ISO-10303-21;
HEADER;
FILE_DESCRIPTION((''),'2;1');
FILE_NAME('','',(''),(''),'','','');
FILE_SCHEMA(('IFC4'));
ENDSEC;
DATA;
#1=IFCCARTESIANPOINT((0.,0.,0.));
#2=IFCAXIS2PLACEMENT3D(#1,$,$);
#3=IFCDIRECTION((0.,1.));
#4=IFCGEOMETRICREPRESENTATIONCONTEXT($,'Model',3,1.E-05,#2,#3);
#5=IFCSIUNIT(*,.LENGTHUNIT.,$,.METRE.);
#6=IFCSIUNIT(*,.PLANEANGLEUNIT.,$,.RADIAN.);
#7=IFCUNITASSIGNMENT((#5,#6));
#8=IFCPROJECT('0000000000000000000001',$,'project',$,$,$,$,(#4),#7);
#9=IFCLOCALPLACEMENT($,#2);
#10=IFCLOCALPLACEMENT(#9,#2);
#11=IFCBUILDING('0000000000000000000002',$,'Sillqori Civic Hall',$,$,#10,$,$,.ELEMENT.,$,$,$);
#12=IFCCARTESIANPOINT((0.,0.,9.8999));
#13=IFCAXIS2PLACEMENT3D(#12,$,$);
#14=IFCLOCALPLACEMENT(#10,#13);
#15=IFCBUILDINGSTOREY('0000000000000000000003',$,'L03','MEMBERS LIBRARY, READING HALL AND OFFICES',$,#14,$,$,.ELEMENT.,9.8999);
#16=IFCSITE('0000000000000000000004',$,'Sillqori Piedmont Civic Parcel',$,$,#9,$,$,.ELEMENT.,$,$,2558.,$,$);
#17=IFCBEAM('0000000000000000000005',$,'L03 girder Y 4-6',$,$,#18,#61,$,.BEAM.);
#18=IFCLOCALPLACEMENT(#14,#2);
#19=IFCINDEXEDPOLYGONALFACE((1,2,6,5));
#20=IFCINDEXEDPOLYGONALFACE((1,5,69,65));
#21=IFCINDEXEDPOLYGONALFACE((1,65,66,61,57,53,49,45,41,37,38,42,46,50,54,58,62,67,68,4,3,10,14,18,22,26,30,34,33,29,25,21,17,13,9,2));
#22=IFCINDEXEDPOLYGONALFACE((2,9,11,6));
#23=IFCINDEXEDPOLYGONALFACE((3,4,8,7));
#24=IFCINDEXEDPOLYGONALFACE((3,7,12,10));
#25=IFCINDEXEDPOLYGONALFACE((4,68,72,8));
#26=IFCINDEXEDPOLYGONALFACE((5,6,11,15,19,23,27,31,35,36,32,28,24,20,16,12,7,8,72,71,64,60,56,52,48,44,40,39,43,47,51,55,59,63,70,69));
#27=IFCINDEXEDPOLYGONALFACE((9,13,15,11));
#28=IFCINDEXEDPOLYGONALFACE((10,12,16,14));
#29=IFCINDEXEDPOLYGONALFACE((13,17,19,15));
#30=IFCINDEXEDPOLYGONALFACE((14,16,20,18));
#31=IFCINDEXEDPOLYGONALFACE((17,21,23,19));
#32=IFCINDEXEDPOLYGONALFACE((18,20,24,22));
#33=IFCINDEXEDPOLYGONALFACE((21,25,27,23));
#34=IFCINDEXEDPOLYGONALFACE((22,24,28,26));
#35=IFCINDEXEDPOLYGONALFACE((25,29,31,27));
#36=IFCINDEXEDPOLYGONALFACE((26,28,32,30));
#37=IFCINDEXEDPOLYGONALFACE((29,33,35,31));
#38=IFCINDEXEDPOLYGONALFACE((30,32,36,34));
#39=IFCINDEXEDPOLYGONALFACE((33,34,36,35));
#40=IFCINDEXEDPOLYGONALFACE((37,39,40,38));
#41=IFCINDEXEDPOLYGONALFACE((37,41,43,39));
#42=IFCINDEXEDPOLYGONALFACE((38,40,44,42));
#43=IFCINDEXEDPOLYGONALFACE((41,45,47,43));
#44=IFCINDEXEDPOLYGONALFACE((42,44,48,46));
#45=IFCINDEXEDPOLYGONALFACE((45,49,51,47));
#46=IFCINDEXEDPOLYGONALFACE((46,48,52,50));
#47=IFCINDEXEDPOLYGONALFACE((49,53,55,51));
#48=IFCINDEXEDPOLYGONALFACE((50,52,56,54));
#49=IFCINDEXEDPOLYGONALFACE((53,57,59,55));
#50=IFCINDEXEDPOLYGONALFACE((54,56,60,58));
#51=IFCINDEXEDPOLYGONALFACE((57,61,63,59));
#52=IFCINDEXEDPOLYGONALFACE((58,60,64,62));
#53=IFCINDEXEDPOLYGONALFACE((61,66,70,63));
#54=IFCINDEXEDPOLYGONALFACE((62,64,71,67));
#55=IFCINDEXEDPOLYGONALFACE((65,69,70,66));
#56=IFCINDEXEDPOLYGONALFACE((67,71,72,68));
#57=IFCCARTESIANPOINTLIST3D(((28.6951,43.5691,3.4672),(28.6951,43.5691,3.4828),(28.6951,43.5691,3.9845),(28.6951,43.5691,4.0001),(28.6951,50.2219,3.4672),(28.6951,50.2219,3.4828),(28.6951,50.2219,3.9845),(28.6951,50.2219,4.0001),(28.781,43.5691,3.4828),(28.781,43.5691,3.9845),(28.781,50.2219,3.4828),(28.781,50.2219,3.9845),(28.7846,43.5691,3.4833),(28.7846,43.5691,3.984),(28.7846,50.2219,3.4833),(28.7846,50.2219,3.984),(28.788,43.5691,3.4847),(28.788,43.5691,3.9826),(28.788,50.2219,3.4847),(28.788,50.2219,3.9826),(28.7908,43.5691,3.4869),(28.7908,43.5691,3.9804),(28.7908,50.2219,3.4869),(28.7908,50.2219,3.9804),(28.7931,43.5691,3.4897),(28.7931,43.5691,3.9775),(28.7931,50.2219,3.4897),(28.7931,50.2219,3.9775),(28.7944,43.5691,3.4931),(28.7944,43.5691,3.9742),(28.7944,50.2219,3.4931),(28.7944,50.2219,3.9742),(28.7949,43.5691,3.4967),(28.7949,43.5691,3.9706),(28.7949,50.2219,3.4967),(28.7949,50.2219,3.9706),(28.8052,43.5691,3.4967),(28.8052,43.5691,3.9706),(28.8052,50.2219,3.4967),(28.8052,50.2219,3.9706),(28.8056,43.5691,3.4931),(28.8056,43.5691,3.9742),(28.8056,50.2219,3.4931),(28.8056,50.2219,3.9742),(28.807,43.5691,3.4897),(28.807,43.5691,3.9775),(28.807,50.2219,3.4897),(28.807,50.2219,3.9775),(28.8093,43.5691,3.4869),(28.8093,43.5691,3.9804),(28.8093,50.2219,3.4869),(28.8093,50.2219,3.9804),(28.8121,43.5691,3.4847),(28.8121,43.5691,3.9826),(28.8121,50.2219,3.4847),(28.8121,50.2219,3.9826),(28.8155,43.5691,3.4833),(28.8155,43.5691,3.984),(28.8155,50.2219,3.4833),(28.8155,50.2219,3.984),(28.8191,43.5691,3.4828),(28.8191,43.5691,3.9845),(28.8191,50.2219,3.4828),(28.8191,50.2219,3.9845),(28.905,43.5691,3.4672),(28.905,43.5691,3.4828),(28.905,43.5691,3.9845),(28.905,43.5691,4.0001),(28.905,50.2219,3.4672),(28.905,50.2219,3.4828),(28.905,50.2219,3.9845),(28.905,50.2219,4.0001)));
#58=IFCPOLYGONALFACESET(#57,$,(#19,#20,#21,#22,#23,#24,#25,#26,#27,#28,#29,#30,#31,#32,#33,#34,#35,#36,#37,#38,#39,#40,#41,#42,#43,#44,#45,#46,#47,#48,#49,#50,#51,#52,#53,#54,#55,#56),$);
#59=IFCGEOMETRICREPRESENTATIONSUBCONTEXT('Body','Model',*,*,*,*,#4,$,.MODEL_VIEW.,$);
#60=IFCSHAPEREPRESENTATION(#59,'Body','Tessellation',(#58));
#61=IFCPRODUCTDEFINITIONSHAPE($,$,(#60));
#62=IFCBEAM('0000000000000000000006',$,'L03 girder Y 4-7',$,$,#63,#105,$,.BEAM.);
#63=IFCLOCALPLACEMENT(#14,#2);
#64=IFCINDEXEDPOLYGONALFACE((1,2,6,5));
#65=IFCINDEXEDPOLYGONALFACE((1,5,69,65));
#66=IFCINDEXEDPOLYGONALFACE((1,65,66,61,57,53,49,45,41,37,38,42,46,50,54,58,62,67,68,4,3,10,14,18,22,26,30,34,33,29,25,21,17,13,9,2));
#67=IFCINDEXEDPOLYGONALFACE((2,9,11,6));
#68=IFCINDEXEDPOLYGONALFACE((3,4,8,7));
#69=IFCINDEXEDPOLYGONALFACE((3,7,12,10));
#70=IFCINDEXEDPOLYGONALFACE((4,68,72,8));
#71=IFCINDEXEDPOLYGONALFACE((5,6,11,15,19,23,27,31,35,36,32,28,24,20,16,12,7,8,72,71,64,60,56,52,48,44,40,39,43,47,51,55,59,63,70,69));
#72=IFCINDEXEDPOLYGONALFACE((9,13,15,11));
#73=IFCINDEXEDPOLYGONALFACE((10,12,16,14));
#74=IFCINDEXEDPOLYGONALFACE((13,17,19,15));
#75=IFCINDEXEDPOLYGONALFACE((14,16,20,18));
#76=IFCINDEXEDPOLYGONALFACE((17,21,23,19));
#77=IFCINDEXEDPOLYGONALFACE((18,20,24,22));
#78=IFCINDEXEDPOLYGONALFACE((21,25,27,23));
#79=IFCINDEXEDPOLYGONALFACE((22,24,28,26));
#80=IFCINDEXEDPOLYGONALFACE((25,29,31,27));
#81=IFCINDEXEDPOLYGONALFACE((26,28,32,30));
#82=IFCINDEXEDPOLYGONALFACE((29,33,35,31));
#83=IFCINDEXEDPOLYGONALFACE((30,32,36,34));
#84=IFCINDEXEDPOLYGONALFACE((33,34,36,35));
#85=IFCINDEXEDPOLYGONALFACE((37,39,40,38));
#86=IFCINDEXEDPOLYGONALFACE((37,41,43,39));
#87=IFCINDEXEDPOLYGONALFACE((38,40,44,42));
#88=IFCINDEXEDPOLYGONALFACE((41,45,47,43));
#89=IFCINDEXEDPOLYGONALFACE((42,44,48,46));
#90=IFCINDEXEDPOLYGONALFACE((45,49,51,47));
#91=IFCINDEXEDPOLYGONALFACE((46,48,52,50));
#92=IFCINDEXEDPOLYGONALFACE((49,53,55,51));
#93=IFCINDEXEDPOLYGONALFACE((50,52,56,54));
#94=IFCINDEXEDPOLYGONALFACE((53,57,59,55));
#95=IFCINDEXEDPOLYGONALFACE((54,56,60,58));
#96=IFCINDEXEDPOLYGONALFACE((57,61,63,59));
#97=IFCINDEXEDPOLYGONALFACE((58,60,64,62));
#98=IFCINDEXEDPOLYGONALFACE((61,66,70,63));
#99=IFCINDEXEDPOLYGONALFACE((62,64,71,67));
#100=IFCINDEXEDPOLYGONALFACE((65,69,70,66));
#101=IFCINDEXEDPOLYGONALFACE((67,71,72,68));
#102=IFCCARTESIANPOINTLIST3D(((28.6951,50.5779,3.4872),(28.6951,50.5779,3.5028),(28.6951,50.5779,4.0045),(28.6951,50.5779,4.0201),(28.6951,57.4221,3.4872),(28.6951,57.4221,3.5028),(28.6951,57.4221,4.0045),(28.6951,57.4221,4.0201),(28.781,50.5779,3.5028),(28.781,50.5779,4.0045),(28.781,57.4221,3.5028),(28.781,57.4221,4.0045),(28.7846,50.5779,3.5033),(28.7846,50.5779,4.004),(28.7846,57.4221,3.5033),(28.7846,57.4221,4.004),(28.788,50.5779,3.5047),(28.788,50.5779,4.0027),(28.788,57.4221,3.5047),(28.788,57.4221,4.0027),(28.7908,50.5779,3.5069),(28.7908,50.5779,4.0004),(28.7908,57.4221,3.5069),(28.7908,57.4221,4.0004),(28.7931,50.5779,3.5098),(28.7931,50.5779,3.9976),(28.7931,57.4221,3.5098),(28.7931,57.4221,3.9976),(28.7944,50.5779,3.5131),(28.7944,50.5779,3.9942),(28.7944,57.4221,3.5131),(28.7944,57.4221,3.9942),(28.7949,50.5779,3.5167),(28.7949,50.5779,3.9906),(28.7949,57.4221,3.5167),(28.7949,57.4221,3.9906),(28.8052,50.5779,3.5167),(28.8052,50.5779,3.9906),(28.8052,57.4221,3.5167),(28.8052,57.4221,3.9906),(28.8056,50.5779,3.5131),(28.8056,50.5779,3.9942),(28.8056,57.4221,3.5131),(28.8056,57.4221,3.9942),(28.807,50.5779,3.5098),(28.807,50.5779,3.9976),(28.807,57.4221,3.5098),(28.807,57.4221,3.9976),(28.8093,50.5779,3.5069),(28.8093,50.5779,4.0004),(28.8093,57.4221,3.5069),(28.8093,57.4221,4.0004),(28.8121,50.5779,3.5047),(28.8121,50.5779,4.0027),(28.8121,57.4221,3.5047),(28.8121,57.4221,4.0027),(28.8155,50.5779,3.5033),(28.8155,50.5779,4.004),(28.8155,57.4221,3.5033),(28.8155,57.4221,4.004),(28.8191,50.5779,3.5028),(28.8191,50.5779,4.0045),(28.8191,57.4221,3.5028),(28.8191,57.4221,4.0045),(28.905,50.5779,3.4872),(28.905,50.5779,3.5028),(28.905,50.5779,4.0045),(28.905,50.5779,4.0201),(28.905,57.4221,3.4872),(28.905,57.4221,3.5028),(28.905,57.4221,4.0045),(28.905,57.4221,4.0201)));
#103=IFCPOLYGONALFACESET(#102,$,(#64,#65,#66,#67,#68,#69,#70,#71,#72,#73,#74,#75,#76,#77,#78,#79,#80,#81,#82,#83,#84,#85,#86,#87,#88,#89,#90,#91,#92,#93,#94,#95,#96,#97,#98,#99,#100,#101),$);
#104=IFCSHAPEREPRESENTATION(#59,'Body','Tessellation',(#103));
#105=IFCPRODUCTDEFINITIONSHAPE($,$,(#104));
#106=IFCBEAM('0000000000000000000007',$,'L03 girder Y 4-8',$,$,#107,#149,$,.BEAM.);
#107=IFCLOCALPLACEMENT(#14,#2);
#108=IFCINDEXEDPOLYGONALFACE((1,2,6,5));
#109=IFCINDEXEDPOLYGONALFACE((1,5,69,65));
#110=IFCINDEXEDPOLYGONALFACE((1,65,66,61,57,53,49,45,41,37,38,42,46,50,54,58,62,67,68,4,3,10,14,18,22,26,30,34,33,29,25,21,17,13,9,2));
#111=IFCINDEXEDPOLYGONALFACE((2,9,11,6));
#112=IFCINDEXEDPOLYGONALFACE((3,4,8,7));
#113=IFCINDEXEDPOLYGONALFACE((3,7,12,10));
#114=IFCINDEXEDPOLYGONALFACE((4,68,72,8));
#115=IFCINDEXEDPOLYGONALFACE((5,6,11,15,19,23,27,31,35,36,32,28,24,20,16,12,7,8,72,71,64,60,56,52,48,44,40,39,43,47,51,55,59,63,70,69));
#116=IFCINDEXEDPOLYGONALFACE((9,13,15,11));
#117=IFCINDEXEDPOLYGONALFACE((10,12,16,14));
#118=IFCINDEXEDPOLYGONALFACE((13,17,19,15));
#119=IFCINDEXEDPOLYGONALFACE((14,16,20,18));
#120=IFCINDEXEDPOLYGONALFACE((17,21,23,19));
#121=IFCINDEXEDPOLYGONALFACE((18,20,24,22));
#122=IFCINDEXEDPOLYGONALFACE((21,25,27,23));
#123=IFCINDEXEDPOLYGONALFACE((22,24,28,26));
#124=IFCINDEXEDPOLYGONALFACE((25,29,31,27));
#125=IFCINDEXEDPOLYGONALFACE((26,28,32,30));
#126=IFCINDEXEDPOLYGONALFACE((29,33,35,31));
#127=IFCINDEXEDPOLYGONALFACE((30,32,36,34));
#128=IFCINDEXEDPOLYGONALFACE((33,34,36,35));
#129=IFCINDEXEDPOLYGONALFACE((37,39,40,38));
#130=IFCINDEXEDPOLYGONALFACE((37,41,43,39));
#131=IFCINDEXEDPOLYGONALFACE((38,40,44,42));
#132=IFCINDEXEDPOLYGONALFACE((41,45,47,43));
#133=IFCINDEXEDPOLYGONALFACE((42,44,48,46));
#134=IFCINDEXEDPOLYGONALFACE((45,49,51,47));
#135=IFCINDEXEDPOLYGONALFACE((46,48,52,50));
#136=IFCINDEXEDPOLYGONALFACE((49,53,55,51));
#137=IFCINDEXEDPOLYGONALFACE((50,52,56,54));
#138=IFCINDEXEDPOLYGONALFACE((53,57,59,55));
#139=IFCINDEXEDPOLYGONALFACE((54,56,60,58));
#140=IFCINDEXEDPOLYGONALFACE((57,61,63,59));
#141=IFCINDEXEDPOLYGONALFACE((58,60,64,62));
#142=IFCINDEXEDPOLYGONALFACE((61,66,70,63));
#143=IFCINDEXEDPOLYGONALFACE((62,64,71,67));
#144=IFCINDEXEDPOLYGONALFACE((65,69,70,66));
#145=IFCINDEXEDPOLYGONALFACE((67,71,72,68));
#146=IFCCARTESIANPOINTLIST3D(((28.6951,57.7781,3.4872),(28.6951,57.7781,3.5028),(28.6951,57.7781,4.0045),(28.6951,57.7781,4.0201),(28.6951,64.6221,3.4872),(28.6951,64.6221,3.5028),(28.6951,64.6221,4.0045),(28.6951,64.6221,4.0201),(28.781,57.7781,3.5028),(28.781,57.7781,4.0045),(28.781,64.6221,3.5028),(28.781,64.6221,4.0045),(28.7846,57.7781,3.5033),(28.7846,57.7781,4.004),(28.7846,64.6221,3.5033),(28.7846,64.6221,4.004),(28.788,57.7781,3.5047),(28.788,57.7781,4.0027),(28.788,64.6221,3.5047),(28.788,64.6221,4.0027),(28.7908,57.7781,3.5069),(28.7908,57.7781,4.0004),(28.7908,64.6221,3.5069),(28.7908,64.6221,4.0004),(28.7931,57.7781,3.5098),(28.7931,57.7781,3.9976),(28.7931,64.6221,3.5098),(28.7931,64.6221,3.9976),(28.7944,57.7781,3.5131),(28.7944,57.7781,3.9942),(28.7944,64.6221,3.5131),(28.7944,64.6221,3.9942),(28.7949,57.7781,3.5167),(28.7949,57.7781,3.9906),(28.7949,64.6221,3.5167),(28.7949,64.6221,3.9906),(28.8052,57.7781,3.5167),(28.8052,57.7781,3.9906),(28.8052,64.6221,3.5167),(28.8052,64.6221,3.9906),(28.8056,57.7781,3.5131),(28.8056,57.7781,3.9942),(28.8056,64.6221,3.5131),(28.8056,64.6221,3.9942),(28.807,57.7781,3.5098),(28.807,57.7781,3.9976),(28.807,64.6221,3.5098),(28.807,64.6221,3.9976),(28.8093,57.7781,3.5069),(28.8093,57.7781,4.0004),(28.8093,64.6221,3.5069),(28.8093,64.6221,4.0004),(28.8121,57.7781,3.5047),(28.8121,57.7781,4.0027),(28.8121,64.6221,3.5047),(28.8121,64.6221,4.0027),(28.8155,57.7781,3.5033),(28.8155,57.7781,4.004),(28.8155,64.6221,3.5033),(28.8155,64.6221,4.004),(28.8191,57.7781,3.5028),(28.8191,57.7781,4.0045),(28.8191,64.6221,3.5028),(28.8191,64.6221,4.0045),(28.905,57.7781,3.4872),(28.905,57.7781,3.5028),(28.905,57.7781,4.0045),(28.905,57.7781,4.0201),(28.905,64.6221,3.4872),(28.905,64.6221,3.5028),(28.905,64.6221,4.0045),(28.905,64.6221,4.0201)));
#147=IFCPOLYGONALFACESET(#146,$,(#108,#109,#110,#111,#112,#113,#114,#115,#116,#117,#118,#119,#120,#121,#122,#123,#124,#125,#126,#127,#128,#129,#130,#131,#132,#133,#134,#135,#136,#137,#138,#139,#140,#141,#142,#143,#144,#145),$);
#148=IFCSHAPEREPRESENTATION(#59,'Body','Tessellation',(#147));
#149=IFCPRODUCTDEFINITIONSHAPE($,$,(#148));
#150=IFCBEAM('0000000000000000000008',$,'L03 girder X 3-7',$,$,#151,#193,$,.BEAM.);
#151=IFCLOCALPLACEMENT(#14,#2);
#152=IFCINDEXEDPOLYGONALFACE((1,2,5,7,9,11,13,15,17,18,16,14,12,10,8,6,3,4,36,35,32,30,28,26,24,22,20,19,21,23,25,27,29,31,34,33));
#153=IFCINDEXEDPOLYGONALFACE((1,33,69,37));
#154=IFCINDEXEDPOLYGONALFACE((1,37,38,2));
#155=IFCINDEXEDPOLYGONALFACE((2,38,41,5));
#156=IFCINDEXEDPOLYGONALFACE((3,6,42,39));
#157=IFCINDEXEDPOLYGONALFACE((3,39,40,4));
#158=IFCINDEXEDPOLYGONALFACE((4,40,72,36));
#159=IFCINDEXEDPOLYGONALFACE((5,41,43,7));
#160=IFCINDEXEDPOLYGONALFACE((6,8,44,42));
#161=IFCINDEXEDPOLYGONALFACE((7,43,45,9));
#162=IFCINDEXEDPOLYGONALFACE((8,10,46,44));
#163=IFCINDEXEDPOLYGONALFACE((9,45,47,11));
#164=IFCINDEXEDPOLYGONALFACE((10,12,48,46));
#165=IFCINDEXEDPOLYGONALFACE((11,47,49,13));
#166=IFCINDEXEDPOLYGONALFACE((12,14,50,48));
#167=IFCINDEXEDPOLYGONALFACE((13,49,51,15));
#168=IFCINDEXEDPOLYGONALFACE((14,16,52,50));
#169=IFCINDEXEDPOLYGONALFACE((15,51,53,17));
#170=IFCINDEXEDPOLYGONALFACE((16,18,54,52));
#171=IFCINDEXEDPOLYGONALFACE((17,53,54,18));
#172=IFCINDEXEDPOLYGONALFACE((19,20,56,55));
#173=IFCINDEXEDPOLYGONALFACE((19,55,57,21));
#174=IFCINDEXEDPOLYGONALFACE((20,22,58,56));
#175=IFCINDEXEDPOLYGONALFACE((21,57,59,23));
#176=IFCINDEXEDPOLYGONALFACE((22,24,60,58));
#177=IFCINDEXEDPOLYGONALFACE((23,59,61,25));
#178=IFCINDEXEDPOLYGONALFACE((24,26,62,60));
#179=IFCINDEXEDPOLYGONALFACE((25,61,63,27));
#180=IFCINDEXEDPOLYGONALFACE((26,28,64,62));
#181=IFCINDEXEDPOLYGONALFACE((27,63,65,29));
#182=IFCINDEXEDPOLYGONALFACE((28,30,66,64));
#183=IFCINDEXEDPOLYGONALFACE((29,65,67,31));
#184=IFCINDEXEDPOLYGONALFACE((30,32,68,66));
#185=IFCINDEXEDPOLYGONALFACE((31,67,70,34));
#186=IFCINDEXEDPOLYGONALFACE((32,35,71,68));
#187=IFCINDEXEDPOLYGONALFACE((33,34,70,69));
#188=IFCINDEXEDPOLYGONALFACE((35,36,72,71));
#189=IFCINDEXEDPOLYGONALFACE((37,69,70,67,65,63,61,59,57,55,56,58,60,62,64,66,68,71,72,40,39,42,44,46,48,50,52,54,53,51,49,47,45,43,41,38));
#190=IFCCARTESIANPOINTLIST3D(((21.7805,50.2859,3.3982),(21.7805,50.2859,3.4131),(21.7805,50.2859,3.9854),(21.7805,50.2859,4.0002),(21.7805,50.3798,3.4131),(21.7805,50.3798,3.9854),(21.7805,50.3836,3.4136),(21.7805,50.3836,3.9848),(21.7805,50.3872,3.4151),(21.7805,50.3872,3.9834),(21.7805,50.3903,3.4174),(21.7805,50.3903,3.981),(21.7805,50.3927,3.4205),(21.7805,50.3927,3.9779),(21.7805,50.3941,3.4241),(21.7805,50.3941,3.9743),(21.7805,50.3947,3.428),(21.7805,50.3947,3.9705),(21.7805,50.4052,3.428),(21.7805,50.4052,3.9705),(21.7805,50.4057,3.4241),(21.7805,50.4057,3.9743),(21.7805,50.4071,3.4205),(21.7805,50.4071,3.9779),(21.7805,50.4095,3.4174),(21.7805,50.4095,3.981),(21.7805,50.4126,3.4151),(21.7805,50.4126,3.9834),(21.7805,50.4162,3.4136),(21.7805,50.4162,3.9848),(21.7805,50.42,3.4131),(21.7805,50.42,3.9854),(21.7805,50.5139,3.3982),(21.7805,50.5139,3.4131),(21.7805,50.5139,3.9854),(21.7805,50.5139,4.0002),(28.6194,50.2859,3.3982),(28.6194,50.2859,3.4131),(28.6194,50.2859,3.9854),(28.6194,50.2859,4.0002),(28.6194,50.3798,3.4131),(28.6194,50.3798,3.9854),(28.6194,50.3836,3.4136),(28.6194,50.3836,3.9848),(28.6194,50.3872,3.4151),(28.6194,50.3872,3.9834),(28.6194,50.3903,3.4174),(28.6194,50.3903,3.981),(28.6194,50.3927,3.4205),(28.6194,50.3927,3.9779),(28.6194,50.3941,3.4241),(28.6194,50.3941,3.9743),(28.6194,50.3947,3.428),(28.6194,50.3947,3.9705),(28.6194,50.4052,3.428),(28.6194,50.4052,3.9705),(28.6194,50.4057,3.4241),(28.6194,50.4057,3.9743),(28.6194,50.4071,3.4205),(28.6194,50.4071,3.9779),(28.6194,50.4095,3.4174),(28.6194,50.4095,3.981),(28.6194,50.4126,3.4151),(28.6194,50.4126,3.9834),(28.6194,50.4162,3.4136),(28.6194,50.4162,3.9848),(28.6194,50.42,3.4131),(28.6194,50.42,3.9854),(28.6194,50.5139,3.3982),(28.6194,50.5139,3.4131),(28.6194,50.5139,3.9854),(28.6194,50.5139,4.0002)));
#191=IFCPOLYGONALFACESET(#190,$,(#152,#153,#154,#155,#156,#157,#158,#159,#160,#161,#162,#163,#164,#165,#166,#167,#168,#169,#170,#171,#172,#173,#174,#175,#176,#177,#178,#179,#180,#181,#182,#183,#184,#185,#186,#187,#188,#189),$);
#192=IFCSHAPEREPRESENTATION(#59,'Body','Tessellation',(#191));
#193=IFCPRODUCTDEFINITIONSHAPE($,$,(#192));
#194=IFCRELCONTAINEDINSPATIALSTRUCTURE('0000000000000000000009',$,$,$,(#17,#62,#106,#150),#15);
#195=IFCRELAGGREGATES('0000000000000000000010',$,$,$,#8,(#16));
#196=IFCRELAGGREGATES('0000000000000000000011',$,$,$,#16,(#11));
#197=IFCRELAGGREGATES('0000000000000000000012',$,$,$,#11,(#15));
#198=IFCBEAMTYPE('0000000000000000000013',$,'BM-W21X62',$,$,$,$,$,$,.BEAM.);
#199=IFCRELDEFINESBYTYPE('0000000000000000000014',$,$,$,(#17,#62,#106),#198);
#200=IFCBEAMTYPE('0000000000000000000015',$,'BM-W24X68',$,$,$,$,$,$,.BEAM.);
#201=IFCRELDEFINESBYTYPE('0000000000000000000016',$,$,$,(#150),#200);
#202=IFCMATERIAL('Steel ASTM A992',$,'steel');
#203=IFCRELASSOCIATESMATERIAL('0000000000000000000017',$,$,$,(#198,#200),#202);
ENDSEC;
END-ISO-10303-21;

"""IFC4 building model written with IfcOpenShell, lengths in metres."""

from ifc_helpers import new_model, si_unit, direction, frame, origin, origin_2d, place, context, subcontext, project, spatial, i_section, extrude, material, material_profile, profile_set, type_object, element, save


model = new_model("IFC4")

# Units and contexts
model_context = context("Model", 3, precision=1e-05, world=origin(), true_north=direction((0.0, 1.0)))
body_context = subcontext(model_context, "Body", "Model", "MODEL_VIEW")
ifc_project = project(units=[si_unit("LENGTHUNIT", "METRE"), si_unit("PLANEANGLEUNIT", "RADIAN")], contexts=[model_context])

# Site, building, storey
site_placement = place(None, origin())
site = spatial("IfcSite", under=ifc_project, at=site_placement, Name="Sillqori Piedmont Civic Parcel", CompositionType="ELEMENT", RefElevation=2558.0)
building_placement = place(site_placement, origin())
building = spatial("IfcBuilding", under=site, at=building_placement, Name="Sillqori Civic Hall", CompositionType="ELEMENT")
storey_placement = place(building_placement, frame((0.0, 0.0, 9.8999)))
storey = spatial("IfcBuildingStorey", under=building, at=storey_placement, Name="L03", Description="MEMBERS LIBRARY, READING HALL AND OFFICES", CompositionType="ELEMENT", Elevation=9.8999)

# Shared definitions
ifc_material_1 = material(Name="Steel ASTM A992", Category="steel")

# Beams
ifc_material_profile_1 = material_profile(ifc_material_1, i_section(OverallWidth=0.21, OverallDepth=0.533, WebThickness=0.0103, FlangeThickness=0.0156, FilletRadius=0.0139, at=origin_2d()), Name="W21X62")
ifc_profile_set_1 = profile_set([ifc_material_profile_1], Name="Steel ASTM A992")
beam_type_1 = type_object("IfcBeamType", Name="BM-W21X62", PredefinedType="BEAM", material=ifc_profile_set_1)
beam_1_placement = place(storey_placement, frame((28.8, 43.5691, 3.7336), z_axis=(0.0, 1.0, 0.0), x_axis=(-1.0, 0.0, 0.0)))
element("IfcBeam", 1, at=beam_1_placement, inside=storey, type_object=beam_type_1, Name="L03 girder Y 4-6", PredefinedType="BEAM", context=body_context, shape_type="SweptSolid", body=[
    extrude(i_section(OverallWidth=0.21, OverallDepth=0.533, WebThickness=0.0103, FlangeThickness=0.0156, FilletRadius=0.0139, at=origin_2d()), origin(), (0.0, 0.0, 1.0), 6.6528),
])
beam_2_placement = place(storey_placement, frame((28.8, 50.5779, 3.7537), z_axis=(0.0, 1.0, 0.0), x_axis=(-1.0, 0.0, 0.0)))
element("IfcBeam", 2, at=beam_2_placement, inside=storey, type_object=beam_type_1, Name="L03 girder Y 4-7", PredefinedType="BEAM", context=body_context, shape_type="SweptSolid", body=[
    extrude(i_section(OverallWidth=0.21, OverallDepth=0.533, WebThickness=0.0103, FlangeThickness=0.0156, FilletRadius=0.0139, at=origin_2d()), origin(), (0.0, 0.0, 1.0), 6.8442),
])
beam_3_placement = place(storey_placement, frame((28.8, 57.7781, 3.7537), z_axis=(0.0, 1.0, 0.0), x_axis=(-1.0, 0.0, 0.0)))
element("IfcBeam", 3, at=beam_3_placement, inside=storey, type_object=beam_type_1, Name="L03 girder Y 4-8", PredefinedType="BEAM", context=body_context, shape_type="SweptSolid", body=[
    extrude(i_section(OverallWidth=0.21, OverallDepth=0.533, WebThickness=0.0103, FlangeThickness=0.0156, FilletRadius=0.0139, at=origin_2d()), origin(), (0.0, 0.0, 1.0), 6.844),
])
ifc_material_profile_2 = material_profile(ifc_material_1, i_section(OverallWidth=0.228, OverallDepth=0.6021, WebThickness=0.0105, FlangeThickness=0.0149, FilletRadius=0.0149, at=origin_2d()), Name="W24X68")
ifc_profile_set_2 = profile_set([ifc_material_profile_2], Name="Steel ASTM A992")
beam_type_2 = type_object("IfcBeamType", Name="BM-W24X68", PredefinedType="BEAM", material=ifc_profile_set_2)
beam_4_placement = place(storey_placement, frame((21.7805, 50.3999, 3.6992), z_axis=(1.0, 0.0, 0.0), x_axis=(0.0, 1.0, 0.0)))
element("IfcBeam", 4, at=beam_4_placement, inside=storey, type_object=beam_type_2, Name="L03 girder X 3-7", PredefinedType="BEAM", context=body_context, shape_type="SweptSolid", body=[
    extrude(i_section(OverallWidth=0.228, OverallDepth=0.6021, WebThickness=0.0105, FlangeThickness=0.0149, FilletRadius=0.0149, at=origin_2d()), origin(), (0.0, 0.0, 1.0), 6.8389),
])

save(model, "model.ifc")
